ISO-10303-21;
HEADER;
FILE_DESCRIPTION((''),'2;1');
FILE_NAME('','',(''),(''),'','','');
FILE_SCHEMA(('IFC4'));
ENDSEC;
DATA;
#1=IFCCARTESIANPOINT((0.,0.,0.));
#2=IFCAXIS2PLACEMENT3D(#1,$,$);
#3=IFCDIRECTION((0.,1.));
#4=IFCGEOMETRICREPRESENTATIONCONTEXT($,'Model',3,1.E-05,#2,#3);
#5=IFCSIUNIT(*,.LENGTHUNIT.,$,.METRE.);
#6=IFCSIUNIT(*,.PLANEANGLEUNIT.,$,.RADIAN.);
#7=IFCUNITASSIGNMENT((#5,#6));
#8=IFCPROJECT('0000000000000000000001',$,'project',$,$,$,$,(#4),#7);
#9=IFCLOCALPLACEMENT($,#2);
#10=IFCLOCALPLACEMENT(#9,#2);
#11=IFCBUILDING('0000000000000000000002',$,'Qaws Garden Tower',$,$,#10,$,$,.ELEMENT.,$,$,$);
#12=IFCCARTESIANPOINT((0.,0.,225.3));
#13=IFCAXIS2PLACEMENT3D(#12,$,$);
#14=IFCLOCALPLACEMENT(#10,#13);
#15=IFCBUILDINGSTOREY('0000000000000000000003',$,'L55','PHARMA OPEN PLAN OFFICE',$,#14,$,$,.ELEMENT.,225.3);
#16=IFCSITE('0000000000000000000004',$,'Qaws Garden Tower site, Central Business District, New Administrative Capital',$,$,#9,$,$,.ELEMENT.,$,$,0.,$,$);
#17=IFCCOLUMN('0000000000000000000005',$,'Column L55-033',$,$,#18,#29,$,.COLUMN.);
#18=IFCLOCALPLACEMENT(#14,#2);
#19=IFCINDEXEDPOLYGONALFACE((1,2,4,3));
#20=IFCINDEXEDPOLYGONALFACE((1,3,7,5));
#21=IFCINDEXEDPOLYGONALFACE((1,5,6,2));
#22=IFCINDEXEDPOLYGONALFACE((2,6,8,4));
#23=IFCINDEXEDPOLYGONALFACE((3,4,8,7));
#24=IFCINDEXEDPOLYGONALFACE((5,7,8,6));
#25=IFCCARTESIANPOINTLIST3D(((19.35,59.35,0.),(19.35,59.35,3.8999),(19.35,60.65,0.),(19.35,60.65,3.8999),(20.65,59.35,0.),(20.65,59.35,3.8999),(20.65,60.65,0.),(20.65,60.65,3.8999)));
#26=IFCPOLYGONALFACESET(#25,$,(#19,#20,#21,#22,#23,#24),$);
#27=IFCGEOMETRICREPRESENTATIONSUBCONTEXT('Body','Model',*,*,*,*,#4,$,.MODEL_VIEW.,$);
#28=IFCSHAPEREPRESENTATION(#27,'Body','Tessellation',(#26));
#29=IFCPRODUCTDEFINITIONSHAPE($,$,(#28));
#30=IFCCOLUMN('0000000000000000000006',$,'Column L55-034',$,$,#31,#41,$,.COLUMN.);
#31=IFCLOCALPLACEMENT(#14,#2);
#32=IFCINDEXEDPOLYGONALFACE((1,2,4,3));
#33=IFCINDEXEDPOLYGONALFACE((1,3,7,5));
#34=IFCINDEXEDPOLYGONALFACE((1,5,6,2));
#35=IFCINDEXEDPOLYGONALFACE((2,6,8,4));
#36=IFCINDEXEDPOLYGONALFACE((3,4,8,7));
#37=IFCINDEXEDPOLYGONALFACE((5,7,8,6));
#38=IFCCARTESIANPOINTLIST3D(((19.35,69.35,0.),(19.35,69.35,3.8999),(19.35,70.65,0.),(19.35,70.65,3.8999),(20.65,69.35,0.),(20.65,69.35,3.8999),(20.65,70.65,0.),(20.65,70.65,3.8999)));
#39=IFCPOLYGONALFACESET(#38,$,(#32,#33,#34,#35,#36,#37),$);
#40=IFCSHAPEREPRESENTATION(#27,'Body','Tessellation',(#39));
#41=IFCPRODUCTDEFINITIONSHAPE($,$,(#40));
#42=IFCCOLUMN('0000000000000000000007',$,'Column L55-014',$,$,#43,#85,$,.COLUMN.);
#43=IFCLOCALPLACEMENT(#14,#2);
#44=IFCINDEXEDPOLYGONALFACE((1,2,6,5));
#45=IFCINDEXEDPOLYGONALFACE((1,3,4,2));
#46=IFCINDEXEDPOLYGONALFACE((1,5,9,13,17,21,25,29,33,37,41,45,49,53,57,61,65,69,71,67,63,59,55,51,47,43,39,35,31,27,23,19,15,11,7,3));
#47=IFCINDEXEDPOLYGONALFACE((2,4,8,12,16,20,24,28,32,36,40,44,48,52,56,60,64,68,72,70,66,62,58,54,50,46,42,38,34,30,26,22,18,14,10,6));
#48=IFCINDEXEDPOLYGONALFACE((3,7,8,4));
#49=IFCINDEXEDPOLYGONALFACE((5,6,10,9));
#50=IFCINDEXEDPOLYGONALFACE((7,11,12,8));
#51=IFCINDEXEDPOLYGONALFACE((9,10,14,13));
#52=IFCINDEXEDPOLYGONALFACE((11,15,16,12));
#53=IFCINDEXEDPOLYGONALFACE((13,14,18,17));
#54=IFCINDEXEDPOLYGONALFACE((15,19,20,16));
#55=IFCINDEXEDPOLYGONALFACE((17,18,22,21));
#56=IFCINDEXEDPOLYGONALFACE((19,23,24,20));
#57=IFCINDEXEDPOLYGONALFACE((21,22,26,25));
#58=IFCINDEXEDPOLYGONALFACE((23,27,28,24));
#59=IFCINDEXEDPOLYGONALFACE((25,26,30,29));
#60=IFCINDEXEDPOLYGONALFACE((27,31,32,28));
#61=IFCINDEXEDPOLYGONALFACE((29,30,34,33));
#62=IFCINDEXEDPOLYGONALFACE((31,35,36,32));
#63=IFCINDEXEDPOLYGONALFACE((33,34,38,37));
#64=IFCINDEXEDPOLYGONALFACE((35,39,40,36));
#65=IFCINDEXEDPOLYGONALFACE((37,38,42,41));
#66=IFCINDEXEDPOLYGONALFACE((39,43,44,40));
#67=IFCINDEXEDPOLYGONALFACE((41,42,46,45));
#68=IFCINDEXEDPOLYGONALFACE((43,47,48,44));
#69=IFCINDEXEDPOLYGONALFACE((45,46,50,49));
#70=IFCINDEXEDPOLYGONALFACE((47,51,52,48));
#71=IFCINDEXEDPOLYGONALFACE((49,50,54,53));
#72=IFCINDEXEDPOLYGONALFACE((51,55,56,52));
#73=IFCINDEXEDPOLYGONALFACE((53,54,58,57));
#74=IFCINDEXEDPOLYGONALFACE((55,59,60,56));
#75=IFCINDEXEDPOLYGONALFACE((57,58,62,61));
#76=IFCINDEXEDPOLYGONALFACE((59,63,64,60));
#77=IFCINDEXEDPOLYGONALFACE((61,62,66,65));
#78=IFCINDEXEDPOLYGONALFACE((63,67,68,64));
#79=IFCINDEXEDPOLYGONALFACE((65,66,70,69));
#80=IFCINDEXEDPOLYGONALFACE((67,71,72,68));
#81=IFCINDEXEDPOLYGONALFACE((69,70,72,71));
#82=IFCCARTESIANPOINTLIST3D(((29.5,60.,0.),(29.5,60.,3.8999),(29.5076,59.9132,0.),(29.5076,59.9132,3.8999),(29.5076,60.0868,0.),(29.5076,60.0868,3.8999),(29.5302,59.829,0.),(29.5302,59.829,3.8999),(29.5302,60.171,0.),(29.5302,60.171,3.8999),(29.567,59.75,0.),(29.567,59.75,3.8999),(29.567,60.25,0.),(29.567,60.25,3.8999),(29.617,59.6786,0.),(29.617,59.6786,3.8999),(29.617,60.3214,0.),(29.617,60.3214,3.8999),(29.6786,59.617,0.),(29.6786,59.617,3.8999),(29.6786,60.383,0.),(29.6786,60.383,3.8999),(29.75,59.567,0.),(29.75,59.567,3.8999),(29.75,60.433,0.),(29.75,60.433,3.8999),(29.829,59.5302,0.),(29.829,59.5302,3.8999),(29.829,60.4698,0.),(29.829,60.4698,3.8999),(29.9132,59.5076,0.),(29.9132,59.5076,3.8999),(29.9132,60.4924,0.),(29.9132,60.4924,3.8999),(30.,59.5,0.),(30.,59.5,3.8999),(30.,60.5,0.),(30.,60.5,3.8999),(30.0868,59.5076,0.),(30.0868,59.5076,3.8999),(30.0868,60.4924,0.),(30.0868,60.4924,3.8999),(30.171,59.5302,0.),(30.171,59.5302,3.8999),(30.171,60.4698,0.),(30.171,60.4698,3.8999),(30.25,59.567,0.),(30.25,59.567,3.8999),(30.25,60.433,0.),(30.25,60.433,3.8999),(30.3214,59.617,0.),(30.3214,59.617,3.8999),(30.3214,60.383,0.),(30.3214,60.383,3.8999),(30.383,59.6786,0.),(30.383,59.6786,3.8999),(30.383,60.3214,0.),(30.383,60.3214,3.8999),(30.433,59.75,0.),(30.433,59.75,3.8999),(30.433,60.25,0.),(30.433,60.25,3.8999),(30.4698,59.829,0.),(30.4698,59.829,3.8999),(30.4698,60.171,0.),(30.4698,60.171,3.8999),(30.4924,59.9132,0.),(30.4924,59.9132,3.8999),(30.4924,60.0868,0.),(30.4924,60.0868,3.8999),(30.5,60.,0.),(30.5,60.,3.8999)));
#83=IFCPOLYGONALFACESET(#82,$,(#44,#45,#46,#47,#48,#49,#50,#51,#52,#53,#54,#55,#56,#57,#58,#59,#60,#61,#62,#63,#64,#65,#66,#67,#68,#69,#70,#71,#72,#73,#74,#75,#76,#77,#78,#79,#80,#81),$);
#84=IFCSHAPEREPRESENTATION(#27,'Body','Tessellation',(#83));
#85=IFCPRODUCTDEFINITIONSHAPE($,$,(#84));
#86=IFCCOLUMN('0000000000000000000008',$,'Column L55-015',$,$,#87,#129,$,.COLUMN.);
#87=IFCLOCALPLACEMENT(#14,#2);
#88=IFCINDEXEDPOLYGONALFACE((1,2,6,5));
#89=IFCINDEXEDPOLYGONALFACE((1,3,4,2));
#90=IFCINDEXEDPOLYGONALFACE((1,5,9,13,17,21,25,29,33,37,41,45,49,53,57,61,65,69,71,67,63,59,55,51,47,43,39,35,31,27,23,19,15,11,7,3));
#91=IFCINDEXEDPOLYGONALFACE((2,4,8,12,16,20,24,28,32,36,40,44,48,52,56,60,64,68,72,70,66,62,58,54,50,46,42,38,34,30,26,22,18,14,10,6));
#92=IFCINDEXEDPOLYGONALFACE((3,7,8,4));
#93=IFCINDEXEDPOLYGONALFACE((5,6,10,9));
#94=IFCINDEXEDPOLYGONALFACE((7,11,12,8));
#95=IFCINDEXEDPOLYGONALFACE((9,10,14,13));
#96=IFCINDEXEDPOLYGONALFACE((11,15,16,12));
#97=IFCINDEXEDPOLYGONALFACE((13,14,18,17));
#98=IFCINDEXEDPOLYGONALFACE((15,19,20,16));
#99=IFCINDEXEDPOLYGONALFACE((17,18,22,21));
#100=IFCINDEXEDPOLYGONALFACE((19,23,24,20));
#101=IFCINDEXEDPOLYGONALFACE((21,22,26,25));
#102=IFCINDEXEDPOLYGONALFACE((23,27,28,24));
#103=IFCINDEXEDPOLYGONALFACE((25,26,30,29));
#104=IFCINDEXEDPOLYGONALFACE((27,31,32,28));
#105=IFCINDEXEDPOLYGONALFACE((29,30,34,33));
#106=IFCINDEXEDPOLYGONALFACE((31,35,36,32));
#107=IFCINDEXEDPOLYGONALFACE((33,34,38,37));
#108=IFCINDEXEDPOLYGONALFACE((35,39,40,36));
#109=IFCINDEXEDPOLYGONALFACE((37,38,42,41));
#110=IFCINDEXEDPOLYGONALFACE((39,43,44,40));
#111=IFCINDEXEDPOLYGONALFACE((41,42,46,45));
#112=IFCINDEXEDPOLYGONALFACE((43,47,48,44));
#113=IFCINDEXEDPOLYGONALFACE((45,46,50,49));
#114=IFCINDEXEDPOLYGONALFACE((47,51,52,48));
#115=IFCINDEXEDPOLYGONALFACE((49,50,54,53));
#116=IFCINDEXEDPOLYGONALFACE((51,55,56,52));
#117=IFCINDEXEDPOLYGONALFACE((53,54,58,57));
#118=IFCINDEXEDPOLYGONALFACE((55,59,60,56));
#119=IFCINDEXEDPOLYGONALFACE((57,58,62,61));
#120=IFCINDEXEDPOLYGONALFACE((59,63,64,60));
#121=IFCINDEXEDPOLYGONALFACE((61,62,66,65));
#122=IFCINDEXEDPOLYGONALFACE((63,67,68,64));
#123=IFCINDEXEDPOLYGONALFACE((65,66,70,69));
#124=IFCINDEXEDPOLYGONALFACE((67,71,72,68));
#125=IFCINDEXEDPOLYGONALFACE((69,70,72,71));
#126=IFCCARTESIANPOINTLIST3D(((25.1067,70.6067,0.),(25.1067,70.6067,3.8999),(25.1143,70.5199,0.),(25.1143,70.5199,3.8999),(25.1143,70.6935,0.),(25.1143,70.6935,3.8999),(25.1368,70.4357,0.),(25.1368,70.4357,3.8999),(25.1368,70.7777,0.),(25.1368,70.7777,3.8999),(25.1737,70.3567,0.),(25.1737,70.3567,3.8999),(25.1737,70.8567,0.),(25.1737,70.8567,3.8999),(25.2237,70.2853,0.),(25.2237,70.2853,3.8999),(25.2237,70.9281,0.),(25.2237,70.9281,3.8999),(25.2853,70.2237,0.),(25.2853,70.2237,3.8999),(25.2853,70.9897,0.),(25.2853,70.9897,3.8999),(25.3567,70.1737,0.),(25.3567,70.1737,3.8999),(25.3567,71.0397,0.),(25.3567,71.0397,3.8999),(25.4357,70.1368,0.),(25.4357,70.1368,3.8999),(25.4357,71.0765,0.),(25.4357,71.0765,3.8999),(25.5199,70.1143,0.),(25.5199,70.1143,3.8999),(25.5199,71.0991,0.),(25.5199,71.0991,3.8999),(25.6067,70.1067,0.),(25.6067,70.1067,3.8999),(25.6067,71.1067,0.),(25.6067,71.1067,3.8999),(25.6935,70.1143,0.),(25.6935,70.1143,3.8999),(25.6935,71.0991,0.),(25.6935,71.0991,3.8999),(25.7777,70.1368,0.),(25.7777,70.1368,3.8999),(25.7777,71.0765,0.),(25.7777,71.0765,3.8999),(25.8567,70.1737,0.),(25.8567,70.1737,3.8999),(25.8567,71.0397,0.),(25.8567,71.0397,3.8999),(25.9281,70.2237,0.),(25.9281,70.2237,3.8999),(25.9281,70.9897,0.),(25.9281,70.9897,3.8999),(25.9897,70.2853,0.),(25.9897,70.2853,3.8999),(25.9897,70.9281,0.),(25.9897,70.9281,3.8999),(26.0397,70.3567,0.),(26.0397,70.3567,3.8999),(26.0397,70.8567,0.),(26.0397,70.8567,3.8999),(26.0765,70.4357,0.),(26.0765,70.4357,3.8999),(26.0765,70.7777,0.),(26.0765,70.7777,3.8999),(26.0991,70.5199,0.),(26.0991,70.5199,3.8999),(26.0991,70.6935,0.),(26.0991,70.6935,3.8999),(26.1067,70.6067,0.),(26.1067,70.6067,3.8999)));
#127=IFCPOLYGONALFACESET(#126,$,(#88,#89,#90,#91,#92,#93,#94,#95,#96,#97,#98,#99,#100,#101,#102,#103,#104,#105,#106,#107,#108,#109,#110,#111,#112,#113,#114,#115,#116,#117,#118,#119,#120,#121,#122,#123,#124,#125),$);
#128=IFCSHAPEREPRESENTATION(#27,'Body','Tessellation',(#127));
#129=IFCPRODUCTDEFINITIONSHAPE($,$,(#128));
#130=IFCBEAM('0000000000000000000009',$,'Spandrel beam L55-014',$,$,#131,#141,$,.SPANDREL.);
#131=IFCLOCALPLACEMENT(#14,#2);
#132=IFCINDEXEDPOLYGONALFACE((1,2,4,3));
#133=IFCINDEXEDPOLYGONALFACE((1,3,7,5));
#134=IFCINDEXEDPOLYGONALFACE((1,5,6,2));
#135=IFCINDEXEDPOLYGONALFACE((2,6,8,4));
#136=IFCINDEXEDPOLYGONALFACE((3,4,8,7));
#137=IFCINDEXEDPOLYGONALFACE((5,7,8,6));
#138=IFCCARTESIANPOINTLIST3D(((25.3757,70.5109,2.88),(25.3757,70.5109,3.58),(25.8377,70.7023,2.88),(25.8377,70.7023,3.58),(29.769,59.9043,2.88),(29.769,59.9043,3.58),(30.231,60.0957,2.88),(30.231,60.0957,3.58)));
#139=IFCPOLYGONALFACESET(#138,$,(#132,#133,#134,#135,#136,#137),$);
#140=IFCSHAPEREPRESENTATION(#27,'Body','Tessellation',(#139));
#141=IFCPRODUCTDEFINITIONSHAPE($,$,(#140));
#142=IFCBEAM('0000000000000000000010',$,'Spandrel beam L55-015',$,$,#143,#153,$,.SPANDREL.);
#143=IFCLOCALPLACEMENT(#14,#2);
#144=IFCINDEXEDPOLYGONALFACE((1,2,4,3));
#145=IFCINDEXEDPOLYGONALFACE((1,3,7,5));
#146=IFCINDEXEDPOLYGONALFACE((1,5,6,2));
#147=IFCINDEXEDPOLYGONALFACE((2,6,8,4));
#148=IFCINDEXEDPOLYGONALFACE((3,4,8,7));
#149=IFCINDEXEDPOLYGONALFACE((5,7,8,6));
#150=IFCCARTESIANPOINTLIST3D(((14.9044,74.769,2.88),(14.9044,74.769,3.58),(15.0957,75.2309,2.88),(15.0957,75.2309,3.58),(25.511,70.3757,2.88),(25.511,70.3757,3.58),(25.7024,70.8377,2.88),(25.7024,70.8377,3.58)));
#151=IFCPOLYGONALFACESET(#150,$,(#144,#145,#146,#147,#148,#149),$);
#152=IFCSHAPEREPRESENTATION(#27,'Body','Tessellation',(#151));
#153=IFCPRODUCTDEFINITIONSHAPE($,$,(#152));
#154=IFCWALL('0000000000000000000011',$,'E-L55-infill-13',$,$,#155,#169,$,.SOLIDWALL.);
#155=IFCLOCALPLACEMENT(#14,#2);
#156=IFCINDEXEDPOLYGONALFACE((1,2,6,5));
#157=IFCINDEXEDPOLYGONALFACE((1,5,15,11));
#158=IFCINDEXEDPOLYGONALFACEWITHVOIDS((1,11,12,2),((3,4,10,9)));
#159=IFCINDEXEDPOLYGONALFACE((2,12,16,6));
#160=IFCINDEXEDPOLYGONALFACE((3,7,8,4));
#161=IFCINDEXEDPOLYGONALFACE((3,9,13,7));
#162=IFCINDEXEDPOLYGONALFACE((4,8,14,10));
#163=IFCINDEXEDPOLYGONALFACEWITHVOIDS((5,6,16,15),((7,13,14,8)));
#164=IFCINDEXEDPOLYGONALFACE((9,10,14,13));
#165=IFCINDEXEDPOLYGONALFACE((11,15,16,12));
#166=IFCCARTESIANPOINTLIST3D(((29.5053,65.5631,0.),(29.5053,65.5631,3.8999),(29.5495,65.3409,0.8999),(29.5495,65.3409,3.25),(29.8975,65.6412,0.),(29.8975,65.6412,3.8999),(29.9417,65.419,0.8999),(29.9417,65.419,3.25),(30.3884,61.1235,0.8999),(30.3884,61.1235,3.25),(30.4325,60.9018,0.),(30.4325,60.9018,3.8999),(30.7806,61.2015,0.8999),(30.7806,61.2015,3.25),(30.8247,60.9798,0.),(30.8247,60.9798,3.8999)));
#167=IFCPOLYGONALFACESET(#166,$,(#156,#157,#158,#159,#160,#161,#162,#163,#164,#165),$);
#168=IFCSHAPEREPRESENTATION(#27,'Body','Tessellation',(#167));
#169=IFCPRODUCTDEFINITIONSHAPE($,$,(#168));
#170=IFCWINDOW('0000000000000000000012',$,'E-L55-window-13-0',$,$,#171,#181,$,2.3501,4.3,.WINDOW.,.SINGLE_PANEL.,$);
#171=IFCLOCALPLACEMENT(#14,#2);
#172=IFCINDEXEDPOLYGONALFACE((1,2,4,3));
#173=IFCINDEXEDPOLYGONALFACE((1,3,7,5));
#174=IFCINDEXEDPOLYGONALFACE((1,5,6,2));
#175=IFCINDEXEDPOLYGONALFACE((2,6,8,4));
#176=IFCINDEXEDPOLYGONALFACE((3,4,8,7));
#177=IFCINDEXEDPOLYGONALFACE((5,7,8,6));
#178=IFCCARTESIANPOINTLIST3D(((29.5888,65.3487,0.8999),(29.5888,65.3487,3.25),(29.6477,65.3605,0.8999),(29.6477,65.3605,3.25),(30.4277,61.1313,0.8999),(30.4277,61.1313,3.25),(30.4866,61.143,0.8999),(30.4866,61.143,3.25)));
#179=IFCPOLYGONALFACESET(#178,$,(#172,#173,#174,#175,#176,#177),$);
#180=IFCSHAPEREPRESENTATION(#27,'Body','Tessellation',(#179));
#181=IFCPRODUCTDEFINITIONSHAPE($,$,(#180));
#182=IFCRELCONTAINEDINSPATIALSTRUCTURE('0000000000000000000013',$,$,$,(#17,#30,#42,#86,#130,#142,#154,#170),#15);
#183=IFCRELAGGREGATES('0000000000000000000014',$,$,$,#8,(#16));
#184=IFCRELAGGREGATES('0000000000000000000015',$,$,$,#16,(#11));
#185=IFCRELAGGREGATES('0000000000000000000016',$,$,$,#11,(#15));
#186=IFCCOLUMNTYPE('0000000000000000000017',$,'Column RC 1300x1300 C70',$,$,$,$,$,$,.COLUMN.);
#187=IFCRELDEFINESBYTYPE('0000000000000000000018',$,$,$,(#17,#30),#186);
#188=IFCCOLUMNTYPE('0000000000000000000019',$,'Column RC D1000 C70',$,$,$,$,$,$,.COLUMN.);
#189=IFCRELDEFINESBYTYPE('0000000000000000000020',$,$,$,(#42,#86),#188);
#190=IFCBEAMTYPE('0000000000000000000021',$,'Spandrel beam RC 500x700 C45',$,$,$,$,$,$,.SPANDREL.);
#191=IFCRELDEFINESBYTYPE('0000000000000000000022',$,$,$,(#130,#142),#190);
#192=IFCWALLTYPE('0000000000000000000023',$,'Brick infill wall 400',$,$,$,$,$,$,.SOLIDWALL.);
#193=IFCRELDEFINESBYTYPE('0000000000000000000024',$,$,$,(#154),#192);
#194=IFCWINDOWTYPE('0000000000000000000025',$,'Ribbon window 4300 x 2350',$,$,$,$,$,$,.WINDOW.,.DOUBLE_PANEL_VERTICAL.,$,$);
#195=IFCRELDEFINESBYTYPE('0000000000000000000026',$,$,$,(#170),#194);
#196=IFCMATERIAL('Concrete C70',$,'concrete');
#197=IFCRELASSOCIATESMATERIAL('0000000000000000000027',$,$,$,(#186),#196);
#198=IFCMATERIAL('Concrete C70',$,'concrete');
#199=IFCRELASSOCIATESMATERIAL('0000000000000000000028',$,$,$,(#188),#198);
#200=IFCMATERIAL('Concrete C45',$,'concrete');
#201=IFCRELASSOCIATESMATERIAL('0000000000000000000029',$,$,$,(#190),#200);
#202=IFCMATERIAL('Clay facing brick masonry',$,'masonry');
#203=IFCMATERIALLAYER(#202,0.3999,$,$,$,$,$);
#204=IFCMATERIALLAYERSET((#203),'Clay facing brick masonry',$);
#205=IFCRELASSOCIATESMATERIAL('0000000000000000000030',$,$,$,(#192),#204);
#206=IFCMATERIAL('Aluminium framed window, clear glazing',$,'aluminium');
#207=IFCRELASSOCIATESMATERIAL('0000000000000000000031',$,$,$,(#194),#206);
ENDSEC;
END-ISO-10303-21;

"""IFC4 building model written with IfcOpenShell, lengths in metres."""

from ifc_helpers import new_model, si_unit, direction, frame, frame_2d, origin, origin_2d, place, context, subcontext, project, spatial, rectangle, circle, extrude, material, layer, layer_set, material_profile, profile_set, type_object, element, fill, save


model = new_model("IFC4")

# Units and contexts
model_context = context("Model", 3, precision=1e-05, world=origin(), true_north=direction((0.0, 1.0)))
body_context = subcontext(model_context, "Body", "Model", "MODEL_VIEW")
ifc_project = project(units=[si_unit("LENGTHUNIT", "METRE"), si_unit("PLANEANGLEUNIT", "RADIAN")], contexts=[model_context])

# Site, building, storey
site_placement = place(None, origin())
site = spatial("IfcSite", under=ifc_project, at=site_placement, Name="Qaws Garden Tower site, Central Business District, New Administrative Capital", CompositionType="ELEMENT", RefElevation=0.0)
building_placement = place(site_placement, origin())
building = spatial("IfcBuilding", under=site, at=building_placement, Name="Qaws Garden Tower", CompositionType="ELEMENT")
storey_placement = place(building_placement, frame((0.0, 0.0, 225.3)))
storey = spatial("IfcBuildingStorey", under=building, at=storey_placement, Name="L55", Description="PHARMA OPEN PLAN OFFICE", CompositionType="ELEMENT", Elevation=225.3)

# Columns
ifc_material_1 = material(Name="Concrete C70", Category="concrete")
ifc_material_profile_1 = material_profile(ifc_material_1, rectangle(XDim=1.3, YDim=1.3, at=origin_2d()), Name="RC 1300x1300")
ifc_profile_set_1 = profile_set([ifc_material_profile_1], Name="Concrete C70")
column_type_1 = type_object("IfcColumnType", Name="Column RC 1300x1300 C70", PredefinedType="COLUMN", material=ifc_profile_set_1)
for number, where, z_axis, x_axis, name in (
    (1, (20.0, 60.0, 0.0), (0.0, 0.0, 1.0), (1.0, 0.0, 0.0), "Column L55-033"),
    (2, (20.0, 70.0, 0.0), (0.0, 0.0, 1.0), (1.0, 0.0, 0.0), "Column L55-034"),
):
    element("IfcColumn", number, at=place(storey_placement, frame(where, z_axis=z_axis, x_axis=x_axis)), inside=storey, type_object=column_type_1, Name=name, PredefinedType="COLUMN", context=body_context, shape_type="SweptSolid", body=[
        extrude(rectangle(XDim=1.3, YDim=1.3, at=origin_2d()), origin(), (0.0, 0.0, 1.0), 3.8999),
    ])
ifc_material_2 = material(Name="Concrete C70", Category="concrete")
ifc_material_profile_2 = material_profile(ifc_material_2, circle(Radius=0.5, at=origin_2d()), Name="RC D1000")
ifc_profile_set_2 = profile_set([ifc_material_profile_2], Name="Concrete C70")
column_type_2 = type_object("IfcColumnType", Name="Column RC D1000 C70", PredefinedType="COLUMN", material=ifc_profile_set_2)
for number, where, z_axis, x_axis, name in (
    (3, (30.0, 60.0, 0.0), (0.0, 0.0, 1.0), (1.0, 0.0, 0.0), "Column L55-014"),
    (4, (25.6067, 70.6067, 0.0), (0.0, 0.0, 1.0), (1.0, 0.0, 0.0), "Column L55-015"),
):
    element("IfcColumn", number, at=place(storey_placement, frame(where, z_axis=z_axis, x_axis=x_axis)), inside=storey, type_object=column_type_2, Name=name, PredefinedType="COLUMN", context=body_context, shape_type="SweptSolid", body=[
        extrude(circle(Radius=0.5, at=origin_2d()), origin(), (0.0, 0.0, 1.0), 3.8999),
    ])

# Beams
ifc_material_3 = material(Name="Concrete C45", Category="concrete")
ifc_material_profile_3 = material_profile(ifc_material_3, rectangle(XDim=0.5, YDim=0.7, at=origin_2d()), Name="RC 500x700")
ifc_profile_set_3 = profile_set([ifc_material_profile_3], Name="Concrete C45")
beam_type = type_object("IfcBeamType", Name="Spandrel beam RC 500x700 C45", PredefinedType="SPANDREL", material=ifc_profile_set_3)
for number, where, z_axis, x_axis, name in (
    (5, (30.0, 60.0, 3.23), (-0.382674, 0.923883, 0.0), (-0.923883, -0.382674, 0.0), "Spandrel beam L55-014"),
    (6, (25.6067, 70.6067, 3.23), (-0.923883, 0.382674, 0.0), (-0.382674, -0.923883, 0.0), "Spandrel beam L55-015"),
):
    element("IfcBeam", number, at=place(storey_placement, frame(where, z_axis=z_axis, x_axis=x_axis)), inside=storey, type_object=beam_type, Name=name, PredefinedType="SPANDREL", context=body_context, shape_type="SweptSolid", body=[
        extrude(rectangle(XDim=0.5, YDim=0.7, at=origin_2d()), origin(), (0.0, 0.0, 1.0), 11.4805),
    ])

# Wall, opening, window
ifc_material_4 = material(Name="Clay facing brick masonry", Category="masonry")
ifc_layer_1 = layer(ifc_material_4, 0.3999)
ifc_layer_set_1 = layer_set([ifc_layer_1], Name="Clay facing brick masonry")
wall_type_1 = type_object("IfcWallType", Name="Brick infill wall 400", PredefinedType="SOLIDWALL", material=ifc_layer_set_1)
wall_1_placement = place(storey_placement, frame((30.6287, 60.9407, 0.0), z_axis=(0.0, 0.0, 1.0), x_axis=(-0.195099, 0.980784, 0.0)))
wall_1 = element("IfcWall", 7, at=wall_1_placement, inside=storey, type_object=wall_type_1, Name="E-L55-infill-13", PredefinedType="SOLIDWALL", context=body_context, shape_type="SweptSolid", body=[
    extrude(rectangle(XDim=4.7527, YDim=0.3999, at=frame_2d((2.3765, 0.0))), origin(), (0.0, 0.0, 1.0), 3.8999),
])
opening_1_placement = place(wall_1_placement, frame((0.2263, 0.0, 0.8999)))
opening_1 = element("IfcOpeningElement", 8, at=opening_1_placement, cuts=wall_1, PredefinedType="OPENING", context=body_context, shape_type="SweptSolid", body=[
    extrude(rectangle(XDim=4.3, YDim=2.3501, at=frame_2d((2.1499, 1.175))), frame((0.0, 0.21, 0.0), z_axis=(0.0, -1.0, 0.0), x_axis=(1.0, 0.0, 0.0)), (0.0, 0.0, 1.0), 0.4199),
])
ifc_material_5 = material(Name="Aluminium framed window, clear glazing", Category="aluminium")
window_type = type_object("IfcWindowType", Name="Ribbon window 4300 x 2350", PartitioningType="DOUBLE_PANEL_VERTICAL", PredefinedType="WINDOW", material=ifc_material_5)
window_1_placement = place(opening_1_placement, origin())
window_1 = element("IfcWindow", 9, at=window_1_placement, inside=storey, type_object=window_type, Name="E-L55-window-13-0", OverallHeight=2.3501, OverallWidth=4.3, PartitioningType="SINGLE_PANEL", PredefinedType="WINDOW", context=body_context, shape_type="SweptSolid", body=[
    extrude(rectangle(XDim=4.3, YDim=2.3501, at=frame_2d((2.1499, 1.175))), frame((0.0, 0.1599, 0.0), z_axis=(0.0, -1.0, 0.0), x_axis=(1.0, 0.0, 0.0)), (0.0, 0.0, 1.0), 0.0601),
])
fill(opening_1, window_1)

save(model, "model.ifc")
